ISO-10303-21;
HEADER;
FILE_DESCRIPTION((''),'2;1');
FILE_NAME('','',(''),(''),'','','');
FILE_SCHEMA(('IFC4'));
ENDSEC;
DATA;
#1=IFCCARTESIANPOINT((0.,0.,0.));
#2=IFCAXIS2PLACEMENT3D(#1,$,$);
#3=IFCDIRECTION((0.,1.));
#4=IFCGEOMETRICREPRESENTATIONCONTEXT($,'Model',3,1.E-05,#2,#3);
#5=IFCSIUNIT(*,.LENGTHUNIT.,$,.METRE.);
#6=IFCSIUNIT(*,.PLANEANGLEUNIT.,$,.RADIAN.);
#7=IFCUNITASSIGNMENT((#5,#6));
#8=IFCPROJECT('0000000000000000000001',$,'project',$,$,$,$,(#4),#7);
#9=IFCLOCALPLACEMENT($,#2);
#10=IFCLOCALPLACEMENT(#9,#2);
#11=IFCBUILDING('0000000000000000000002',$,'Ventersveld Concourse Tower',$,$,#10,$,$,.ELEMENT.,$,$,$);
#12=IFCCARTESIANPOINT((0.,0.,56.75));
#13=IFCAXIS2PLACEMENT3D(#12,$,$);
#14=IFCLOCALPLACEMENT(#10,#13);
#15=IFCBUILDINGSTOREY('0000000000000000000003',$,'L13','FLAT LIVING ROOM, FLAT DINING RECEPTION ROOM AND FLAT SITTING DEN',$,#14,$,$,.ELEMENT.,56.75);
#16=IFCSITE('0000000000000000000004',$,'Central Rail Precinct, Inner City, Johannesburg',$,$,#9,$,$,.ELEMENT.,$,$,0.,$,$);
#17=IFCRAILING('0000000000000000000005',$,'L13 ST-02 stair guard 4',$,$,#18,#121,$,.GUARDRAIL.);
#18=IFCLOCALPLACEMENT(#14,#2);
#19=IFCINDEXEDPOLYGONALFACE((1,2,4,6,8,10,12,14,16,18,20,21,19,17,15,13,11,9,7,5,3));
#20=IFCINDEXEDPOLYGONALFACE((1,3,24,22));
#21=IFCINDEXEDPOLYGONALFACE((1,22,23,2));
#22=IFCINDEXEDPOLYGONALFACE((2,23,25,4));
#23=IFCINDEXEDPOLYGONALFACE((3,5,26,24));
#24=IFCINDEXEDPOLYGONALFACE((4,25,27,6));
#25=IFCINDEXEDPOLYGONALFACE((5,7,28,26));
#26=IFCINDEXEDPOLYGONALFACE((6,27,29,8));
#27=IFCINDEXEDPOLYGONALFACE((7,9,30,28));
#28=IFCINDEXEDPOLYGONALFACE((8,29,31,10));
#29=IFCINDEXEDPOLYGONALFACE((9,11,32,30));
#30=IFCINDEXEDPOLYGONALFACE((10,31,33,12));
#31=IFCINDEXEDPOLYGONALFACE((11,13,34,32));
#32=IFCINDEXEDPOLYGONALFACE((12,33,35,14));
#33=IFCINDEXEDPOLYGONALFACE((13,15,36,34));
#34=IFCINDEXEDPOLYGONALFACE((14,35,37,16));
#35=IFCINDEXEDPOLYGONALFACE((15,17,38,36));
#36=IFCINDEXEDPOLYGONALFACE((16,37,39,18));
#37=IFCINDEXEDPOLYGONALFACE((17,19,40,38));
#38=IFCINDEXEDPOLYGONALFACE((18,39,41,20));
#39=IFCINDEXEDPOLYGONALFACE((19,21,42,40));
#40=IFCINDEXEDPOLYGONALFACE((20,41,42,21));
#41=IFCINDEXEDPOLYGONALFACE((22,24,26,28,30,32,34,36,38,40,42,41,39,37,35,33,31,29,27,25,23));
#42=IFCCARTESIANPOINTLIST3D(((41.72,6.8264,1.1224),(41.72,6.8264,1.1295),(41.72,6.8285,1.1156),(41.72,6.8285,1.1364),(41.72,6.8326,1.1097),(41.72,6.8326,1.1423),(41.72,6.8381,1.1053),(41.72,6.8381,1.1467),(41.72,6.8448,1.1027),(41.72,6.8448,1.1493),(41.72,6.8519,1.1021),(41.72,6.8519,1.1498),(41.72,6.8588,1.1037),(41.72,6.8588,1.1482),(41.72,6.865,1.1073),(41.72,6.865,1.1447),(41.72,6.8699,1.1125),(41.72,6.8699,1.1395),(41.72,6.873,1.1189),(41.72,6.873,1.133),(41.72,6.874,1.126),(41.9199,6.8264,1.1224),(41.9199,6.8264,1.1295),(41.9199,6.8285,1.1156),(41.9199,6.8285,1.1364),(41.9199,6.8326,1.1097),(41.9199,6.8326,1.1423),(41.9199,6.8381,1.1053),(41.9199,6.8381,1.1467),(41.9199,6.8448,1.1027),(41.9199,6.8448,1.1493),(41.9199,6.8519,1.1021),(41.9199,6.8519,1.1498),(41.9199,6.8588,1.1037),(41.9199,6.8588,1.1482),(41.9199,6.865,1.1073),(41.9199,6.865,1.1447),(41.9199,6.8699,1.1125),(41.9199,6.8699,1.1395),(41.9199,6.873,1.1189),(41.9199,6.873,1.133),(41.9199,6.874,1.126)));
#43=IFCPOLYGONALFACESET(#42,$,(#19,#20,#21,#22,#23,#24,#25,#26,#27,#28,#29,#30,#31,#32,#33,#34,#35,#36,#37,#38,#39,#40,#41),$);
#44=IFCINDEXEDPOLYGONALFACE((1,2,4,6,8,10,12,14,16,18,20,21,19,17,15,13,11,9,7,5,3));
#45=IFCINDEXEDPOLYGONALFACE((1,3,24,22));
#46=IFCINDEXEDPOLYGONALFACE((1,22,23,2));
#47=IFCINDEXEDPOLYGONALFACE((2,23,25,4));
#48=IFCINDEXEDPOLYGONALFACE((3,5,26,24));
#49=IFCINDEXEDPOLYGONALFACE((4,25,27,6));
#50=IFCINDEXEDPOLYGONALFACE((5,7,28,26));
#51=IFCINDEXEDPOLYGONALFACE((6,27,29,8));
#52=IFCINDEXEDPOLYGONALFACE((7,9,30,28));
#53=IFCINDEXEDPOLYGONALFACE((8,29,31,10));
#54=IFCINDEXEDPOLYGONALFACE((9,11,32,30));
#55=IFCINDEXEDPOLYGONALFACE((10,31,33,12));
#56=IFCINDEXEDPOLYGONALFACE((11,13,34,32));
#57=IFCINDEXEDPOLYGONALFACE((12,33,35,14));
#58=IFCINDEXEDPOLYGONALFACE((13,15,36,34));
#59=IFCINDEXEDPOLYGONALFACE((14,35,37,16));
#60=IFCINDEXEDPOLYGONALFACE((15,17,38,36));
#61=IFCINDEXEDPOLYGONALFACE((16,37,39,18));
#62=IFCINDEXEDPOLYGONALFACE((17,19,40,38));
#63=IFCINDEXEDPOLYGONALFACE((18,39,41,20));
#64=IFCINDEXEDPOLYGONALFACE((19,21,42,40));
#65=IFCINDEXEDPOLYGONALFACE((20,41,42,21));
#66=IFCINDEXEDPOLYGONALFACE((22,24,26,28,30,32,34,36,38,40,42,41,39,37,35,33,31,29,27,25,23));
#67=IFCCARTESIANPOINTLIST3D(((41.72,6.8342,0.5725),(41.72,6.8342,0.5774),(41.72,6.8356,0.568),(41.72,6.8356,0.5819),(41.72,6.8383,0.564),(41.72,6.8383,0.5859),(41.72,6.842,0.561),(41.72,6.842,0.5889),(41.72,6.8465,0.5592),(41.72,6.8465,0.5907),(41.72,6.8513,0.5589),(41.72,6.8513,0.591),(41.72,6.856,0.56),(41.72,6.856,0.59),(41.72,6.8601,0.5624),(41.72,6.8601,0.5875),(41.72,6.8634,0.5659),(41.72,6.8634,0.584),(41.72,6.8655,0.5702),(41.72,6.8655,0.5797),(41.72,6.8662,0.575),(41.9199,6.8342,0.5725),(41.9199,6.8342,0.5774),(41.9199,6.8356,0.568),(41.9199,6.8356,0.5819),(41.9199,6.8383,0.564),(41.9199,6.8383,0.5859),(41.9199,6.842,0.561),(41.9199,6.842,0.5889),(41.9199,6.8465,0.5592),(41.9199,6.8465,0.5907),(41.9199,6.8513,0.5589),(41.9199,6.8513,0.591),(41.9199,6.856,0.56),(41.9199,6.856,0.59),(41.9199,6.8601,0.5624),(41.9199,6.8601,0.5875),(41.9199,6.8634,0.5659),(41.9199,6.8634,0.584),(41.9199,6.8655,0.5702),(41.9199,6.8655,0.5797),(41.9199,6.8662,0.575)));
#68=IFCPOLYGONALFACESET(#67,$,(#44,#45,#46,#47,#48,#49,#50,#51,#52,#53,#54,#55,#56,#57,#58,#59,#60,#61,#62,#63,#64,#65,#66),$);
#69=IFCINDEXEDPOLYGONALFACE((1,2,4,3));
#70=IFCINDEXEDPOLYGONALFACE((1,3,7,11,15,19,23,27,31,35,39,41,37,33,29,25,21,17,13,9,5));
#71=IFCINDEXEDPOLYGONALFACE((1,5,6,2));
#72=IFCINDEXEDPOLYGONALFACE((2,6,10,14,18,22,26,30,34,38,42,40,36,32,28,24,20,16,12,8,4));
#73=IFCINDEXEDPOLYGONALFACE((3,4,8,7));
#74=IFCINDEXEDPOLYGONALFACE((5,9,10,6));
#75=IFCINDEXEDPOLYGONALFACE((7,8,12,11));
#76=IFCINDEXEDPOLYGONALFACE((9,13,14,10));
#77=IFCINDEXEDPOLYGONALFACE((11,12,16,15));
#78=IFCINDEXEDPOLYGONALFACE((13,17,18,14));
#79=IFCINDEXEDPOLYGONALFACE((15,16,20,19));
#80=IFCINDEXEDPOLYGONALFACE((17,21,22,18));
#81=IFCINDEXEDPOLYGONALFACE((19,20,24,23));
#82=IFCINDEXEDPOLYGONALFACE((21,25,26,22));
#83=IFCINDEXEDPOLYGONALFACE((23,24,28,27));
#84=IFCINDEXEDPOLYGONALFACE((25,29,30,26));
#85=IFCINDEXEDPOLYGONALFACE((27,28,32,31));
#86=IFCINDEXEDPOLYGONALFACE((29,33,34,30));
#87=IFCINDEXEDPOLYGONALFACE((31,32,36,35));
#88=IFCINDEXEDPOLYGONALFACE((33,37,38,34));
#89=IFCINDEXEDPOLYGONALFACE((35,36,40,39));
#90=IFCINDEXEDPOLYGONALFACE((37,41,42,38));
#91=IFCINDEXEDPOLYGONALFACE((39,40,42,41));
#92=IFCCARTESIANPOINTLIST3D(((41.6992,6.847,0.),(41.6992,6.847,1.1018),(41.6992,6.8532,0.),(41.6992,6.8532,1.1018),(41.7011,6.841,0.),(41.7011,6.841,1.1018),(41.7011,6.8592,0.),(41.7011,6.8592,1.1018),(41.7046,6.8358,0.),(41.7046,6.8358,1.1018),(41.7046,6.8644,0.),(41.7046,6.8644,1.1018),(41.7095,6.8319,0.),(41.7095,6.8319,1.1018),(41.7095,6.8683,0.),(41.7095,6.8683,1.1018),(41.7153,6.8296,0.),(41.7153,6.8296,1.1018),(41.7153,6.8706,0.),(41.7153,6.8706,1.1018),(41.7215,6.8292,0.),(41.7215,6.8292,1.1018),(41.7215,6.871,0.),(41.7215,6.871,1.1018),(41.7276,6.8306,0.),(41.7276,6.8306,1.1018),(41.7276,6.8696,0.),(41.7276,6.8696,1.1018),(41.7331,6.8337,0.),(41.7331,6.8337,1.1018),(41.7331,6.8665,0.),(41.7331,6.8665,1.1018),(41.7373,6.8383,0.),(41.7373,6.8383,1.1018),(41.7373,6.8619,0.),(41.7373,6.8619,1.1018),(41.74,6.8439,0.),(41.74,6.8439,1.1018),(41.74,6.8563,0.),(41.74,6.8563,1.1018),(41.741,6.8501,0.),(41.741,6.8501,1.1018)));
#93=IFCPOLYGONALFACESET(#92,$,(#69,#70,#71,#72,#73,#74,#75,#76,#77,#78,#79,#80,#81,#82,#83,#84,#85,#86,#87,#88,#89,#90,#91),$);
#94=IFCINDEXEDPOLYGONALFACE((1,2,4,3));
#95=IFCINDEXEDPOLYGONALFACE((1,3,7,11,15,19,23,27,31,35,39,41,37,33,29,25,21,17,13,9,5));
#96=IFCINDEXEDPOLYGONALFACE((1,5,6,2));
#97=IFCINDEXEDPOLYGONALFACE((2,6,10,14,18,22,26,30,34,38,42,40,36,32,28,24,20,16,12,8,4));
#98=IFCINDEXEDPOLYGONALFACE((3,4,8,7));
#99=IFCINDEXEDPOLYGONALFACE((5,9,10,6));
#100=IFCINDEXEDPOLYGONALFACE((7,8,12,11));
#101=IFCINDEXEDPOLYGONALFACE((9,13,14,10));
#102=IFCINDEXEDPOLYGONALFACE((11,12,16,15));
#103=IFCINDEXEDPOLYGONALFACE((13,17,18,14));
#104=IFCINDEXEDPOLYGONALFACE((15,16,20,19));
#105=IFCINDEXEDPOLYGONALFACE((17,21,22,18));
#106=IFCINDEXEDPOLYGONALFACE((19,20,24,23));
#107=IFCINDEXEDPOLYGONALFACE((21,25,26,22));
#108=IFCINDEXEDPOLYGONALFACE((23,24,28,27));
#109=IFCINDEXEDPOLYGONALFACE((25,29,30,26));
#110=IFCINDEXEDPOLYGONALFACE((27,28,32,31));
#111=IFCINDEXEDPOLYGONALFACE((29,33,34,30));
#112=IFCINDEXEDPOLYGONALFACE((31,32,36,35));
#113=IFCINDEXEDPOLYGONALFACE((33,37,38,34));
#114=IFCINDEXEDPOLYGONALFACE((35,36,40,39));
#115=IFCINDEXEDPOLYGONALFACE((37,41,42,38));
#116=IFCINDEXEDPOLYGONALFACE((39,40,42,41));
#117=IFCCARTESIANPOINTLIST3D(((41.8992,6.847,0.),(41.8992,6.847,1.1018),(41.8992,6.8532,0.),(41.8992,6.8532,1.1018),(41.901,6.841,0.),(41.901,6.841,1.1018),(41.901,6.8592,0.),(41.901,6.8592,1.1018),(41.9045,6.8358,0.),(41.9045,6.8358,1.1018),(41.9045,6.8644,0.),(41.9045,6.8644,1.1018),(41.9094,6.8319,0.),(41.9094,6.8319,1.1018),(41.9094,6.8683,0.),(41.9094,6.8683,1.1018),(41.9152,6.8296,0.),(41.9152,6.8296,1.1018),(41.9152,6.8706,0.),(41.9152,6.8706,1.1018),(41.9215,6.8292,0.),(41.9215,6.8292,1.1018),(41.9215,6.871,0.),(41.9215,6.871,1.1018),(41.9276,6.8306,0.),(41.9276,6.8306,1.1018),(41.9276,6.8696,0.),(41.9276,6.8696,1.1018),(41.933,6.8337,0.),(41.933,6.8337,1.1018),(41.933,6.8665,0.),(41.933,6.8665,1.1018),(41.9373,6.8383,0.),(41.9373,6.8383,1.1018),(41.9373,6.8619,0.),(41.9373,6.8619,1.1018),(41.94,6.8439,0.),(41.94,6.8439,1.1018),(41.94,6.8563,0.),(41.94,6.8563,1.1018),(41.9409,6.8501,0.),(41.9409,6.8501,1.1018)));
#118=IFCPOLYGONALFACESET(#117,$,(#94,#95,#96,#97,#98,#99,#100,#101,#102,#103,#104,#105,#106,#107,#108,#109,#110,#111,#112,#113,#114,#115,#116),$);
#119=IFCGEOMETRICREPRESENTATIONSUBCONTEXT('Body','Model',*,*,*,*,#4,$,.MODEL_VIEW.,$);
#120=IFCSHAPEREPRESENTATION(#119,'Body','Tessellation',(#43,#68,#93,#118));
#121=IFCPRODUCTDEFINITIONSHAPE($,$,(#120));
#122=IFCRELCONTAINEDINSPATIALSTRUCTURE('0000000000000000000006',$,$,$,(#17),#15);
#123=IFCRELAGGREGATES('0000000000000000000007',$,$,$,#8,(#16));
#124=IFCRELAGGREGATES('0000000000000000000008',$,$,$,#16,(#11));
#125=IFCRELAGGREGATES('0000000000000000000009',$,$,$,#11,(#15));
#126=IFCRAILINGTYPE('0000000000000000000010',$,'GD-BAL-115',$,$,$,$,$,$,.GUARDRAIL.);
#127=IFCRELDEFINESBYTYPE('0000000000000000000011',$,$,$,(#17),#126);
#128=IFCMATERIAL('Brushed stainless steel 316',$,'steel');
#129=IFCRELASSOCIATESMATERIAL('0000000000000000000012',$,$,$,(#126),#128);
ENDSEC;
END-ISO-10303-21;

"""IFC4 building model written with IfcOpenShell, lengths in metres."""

from ifc_helpers import new_model, si_unit, direction, frame, origin, origin_2d, place, context, subcontext, project, spatial, circle, extrude, material, type_object, element, save


model = new_model("IFC4")

# Units and contexts
model_context = context("Model", 3, precision=1e-05, world=origin(), true_north=direction((0.0, 1.0)))
body_context = subcontext(model_context, "Body", "Model", "MODEL_VIEW")
ifc_project = project(units=[si_unit("LENGTHUNIT", "METRE"), si_unit("PLANEANGLEUNIT", "RADIAN")], contexts=[model_context])

# Site, building, storey
site_placement = place(None, origin())
site = spatial("IfcSite", under=ifc_project, at=site_placement, Name="Central Rail Precinct, Inner City, Johannesburg", CompositionType="ELEMENT", RefElevation=0.0)
building_placement = place(site_placement, origin())
building = spatial("IfcBuilding", under=site, at=building_placement, Name="Ventersveld Concourse Tower", CompositionType="ELEMENT")
storey_placement = place(building_placement, frame((0.0, 0.0, 56.75)))
storey = spatial("IfcBuildingStorey", under=building, at=storey_placement, Name="L13", Description="FLAT LIVING ROOM, FLAT DINING RECEPTION ROOM AND FLAT SITTING DEN", CompositionType="ELEMENT", Elevation=56.75)

# Railing
ifc_material_1 = material(Name="Brushed stainless steel 316", Category="steel")
railing_type_1 = type_object("IfcRailingType", Name="GD-BAL-115", PredefinedType="GUARDRAIL", material=ifc_material_1)
railing_1_placement = place(storey_placement, frame((41.72, 6.8501, 0.0)))
element("IfcRailing", 1, at=railing_1_placement, inside=storey, type_object=railing_type_1, Name="L13 ST-02 stair guard 4", PredefinedType="GUARDRAIL", context=body_context, shape_type="SweptSolid", body=[
    extrude(circle(Radius=0.0239, at=origin_2d()), frame((0.0, 0.0, 1.126), z_axis=(1.0, 0.0, 0.0), x_axis=(0.0, 1.0, 0.0)), (0.0, 0.0, 1.0), 0.2),
    extrude(circle(Radius=0.0161, at=origin_2d()), frame((0.0, 0.0, 0.575), z_axis=(1.0, 0.0, 0.0), x_axis=(0.0, 1.0, 0.0)), (0.0, 0.0, 1.0), 0.2),
    extrude(circle(Radius=0.021, at=origin_2d()), origin(), (0.0, 0.0, 1.0), 1.1018),
    extrude(circle(Radius=0.021, at=origin_2d()), frame((0.2, 0.0, 0.0)), (0.0, 0.0, 1.0), 1.1018),
])

save(model, "model.ifc")
